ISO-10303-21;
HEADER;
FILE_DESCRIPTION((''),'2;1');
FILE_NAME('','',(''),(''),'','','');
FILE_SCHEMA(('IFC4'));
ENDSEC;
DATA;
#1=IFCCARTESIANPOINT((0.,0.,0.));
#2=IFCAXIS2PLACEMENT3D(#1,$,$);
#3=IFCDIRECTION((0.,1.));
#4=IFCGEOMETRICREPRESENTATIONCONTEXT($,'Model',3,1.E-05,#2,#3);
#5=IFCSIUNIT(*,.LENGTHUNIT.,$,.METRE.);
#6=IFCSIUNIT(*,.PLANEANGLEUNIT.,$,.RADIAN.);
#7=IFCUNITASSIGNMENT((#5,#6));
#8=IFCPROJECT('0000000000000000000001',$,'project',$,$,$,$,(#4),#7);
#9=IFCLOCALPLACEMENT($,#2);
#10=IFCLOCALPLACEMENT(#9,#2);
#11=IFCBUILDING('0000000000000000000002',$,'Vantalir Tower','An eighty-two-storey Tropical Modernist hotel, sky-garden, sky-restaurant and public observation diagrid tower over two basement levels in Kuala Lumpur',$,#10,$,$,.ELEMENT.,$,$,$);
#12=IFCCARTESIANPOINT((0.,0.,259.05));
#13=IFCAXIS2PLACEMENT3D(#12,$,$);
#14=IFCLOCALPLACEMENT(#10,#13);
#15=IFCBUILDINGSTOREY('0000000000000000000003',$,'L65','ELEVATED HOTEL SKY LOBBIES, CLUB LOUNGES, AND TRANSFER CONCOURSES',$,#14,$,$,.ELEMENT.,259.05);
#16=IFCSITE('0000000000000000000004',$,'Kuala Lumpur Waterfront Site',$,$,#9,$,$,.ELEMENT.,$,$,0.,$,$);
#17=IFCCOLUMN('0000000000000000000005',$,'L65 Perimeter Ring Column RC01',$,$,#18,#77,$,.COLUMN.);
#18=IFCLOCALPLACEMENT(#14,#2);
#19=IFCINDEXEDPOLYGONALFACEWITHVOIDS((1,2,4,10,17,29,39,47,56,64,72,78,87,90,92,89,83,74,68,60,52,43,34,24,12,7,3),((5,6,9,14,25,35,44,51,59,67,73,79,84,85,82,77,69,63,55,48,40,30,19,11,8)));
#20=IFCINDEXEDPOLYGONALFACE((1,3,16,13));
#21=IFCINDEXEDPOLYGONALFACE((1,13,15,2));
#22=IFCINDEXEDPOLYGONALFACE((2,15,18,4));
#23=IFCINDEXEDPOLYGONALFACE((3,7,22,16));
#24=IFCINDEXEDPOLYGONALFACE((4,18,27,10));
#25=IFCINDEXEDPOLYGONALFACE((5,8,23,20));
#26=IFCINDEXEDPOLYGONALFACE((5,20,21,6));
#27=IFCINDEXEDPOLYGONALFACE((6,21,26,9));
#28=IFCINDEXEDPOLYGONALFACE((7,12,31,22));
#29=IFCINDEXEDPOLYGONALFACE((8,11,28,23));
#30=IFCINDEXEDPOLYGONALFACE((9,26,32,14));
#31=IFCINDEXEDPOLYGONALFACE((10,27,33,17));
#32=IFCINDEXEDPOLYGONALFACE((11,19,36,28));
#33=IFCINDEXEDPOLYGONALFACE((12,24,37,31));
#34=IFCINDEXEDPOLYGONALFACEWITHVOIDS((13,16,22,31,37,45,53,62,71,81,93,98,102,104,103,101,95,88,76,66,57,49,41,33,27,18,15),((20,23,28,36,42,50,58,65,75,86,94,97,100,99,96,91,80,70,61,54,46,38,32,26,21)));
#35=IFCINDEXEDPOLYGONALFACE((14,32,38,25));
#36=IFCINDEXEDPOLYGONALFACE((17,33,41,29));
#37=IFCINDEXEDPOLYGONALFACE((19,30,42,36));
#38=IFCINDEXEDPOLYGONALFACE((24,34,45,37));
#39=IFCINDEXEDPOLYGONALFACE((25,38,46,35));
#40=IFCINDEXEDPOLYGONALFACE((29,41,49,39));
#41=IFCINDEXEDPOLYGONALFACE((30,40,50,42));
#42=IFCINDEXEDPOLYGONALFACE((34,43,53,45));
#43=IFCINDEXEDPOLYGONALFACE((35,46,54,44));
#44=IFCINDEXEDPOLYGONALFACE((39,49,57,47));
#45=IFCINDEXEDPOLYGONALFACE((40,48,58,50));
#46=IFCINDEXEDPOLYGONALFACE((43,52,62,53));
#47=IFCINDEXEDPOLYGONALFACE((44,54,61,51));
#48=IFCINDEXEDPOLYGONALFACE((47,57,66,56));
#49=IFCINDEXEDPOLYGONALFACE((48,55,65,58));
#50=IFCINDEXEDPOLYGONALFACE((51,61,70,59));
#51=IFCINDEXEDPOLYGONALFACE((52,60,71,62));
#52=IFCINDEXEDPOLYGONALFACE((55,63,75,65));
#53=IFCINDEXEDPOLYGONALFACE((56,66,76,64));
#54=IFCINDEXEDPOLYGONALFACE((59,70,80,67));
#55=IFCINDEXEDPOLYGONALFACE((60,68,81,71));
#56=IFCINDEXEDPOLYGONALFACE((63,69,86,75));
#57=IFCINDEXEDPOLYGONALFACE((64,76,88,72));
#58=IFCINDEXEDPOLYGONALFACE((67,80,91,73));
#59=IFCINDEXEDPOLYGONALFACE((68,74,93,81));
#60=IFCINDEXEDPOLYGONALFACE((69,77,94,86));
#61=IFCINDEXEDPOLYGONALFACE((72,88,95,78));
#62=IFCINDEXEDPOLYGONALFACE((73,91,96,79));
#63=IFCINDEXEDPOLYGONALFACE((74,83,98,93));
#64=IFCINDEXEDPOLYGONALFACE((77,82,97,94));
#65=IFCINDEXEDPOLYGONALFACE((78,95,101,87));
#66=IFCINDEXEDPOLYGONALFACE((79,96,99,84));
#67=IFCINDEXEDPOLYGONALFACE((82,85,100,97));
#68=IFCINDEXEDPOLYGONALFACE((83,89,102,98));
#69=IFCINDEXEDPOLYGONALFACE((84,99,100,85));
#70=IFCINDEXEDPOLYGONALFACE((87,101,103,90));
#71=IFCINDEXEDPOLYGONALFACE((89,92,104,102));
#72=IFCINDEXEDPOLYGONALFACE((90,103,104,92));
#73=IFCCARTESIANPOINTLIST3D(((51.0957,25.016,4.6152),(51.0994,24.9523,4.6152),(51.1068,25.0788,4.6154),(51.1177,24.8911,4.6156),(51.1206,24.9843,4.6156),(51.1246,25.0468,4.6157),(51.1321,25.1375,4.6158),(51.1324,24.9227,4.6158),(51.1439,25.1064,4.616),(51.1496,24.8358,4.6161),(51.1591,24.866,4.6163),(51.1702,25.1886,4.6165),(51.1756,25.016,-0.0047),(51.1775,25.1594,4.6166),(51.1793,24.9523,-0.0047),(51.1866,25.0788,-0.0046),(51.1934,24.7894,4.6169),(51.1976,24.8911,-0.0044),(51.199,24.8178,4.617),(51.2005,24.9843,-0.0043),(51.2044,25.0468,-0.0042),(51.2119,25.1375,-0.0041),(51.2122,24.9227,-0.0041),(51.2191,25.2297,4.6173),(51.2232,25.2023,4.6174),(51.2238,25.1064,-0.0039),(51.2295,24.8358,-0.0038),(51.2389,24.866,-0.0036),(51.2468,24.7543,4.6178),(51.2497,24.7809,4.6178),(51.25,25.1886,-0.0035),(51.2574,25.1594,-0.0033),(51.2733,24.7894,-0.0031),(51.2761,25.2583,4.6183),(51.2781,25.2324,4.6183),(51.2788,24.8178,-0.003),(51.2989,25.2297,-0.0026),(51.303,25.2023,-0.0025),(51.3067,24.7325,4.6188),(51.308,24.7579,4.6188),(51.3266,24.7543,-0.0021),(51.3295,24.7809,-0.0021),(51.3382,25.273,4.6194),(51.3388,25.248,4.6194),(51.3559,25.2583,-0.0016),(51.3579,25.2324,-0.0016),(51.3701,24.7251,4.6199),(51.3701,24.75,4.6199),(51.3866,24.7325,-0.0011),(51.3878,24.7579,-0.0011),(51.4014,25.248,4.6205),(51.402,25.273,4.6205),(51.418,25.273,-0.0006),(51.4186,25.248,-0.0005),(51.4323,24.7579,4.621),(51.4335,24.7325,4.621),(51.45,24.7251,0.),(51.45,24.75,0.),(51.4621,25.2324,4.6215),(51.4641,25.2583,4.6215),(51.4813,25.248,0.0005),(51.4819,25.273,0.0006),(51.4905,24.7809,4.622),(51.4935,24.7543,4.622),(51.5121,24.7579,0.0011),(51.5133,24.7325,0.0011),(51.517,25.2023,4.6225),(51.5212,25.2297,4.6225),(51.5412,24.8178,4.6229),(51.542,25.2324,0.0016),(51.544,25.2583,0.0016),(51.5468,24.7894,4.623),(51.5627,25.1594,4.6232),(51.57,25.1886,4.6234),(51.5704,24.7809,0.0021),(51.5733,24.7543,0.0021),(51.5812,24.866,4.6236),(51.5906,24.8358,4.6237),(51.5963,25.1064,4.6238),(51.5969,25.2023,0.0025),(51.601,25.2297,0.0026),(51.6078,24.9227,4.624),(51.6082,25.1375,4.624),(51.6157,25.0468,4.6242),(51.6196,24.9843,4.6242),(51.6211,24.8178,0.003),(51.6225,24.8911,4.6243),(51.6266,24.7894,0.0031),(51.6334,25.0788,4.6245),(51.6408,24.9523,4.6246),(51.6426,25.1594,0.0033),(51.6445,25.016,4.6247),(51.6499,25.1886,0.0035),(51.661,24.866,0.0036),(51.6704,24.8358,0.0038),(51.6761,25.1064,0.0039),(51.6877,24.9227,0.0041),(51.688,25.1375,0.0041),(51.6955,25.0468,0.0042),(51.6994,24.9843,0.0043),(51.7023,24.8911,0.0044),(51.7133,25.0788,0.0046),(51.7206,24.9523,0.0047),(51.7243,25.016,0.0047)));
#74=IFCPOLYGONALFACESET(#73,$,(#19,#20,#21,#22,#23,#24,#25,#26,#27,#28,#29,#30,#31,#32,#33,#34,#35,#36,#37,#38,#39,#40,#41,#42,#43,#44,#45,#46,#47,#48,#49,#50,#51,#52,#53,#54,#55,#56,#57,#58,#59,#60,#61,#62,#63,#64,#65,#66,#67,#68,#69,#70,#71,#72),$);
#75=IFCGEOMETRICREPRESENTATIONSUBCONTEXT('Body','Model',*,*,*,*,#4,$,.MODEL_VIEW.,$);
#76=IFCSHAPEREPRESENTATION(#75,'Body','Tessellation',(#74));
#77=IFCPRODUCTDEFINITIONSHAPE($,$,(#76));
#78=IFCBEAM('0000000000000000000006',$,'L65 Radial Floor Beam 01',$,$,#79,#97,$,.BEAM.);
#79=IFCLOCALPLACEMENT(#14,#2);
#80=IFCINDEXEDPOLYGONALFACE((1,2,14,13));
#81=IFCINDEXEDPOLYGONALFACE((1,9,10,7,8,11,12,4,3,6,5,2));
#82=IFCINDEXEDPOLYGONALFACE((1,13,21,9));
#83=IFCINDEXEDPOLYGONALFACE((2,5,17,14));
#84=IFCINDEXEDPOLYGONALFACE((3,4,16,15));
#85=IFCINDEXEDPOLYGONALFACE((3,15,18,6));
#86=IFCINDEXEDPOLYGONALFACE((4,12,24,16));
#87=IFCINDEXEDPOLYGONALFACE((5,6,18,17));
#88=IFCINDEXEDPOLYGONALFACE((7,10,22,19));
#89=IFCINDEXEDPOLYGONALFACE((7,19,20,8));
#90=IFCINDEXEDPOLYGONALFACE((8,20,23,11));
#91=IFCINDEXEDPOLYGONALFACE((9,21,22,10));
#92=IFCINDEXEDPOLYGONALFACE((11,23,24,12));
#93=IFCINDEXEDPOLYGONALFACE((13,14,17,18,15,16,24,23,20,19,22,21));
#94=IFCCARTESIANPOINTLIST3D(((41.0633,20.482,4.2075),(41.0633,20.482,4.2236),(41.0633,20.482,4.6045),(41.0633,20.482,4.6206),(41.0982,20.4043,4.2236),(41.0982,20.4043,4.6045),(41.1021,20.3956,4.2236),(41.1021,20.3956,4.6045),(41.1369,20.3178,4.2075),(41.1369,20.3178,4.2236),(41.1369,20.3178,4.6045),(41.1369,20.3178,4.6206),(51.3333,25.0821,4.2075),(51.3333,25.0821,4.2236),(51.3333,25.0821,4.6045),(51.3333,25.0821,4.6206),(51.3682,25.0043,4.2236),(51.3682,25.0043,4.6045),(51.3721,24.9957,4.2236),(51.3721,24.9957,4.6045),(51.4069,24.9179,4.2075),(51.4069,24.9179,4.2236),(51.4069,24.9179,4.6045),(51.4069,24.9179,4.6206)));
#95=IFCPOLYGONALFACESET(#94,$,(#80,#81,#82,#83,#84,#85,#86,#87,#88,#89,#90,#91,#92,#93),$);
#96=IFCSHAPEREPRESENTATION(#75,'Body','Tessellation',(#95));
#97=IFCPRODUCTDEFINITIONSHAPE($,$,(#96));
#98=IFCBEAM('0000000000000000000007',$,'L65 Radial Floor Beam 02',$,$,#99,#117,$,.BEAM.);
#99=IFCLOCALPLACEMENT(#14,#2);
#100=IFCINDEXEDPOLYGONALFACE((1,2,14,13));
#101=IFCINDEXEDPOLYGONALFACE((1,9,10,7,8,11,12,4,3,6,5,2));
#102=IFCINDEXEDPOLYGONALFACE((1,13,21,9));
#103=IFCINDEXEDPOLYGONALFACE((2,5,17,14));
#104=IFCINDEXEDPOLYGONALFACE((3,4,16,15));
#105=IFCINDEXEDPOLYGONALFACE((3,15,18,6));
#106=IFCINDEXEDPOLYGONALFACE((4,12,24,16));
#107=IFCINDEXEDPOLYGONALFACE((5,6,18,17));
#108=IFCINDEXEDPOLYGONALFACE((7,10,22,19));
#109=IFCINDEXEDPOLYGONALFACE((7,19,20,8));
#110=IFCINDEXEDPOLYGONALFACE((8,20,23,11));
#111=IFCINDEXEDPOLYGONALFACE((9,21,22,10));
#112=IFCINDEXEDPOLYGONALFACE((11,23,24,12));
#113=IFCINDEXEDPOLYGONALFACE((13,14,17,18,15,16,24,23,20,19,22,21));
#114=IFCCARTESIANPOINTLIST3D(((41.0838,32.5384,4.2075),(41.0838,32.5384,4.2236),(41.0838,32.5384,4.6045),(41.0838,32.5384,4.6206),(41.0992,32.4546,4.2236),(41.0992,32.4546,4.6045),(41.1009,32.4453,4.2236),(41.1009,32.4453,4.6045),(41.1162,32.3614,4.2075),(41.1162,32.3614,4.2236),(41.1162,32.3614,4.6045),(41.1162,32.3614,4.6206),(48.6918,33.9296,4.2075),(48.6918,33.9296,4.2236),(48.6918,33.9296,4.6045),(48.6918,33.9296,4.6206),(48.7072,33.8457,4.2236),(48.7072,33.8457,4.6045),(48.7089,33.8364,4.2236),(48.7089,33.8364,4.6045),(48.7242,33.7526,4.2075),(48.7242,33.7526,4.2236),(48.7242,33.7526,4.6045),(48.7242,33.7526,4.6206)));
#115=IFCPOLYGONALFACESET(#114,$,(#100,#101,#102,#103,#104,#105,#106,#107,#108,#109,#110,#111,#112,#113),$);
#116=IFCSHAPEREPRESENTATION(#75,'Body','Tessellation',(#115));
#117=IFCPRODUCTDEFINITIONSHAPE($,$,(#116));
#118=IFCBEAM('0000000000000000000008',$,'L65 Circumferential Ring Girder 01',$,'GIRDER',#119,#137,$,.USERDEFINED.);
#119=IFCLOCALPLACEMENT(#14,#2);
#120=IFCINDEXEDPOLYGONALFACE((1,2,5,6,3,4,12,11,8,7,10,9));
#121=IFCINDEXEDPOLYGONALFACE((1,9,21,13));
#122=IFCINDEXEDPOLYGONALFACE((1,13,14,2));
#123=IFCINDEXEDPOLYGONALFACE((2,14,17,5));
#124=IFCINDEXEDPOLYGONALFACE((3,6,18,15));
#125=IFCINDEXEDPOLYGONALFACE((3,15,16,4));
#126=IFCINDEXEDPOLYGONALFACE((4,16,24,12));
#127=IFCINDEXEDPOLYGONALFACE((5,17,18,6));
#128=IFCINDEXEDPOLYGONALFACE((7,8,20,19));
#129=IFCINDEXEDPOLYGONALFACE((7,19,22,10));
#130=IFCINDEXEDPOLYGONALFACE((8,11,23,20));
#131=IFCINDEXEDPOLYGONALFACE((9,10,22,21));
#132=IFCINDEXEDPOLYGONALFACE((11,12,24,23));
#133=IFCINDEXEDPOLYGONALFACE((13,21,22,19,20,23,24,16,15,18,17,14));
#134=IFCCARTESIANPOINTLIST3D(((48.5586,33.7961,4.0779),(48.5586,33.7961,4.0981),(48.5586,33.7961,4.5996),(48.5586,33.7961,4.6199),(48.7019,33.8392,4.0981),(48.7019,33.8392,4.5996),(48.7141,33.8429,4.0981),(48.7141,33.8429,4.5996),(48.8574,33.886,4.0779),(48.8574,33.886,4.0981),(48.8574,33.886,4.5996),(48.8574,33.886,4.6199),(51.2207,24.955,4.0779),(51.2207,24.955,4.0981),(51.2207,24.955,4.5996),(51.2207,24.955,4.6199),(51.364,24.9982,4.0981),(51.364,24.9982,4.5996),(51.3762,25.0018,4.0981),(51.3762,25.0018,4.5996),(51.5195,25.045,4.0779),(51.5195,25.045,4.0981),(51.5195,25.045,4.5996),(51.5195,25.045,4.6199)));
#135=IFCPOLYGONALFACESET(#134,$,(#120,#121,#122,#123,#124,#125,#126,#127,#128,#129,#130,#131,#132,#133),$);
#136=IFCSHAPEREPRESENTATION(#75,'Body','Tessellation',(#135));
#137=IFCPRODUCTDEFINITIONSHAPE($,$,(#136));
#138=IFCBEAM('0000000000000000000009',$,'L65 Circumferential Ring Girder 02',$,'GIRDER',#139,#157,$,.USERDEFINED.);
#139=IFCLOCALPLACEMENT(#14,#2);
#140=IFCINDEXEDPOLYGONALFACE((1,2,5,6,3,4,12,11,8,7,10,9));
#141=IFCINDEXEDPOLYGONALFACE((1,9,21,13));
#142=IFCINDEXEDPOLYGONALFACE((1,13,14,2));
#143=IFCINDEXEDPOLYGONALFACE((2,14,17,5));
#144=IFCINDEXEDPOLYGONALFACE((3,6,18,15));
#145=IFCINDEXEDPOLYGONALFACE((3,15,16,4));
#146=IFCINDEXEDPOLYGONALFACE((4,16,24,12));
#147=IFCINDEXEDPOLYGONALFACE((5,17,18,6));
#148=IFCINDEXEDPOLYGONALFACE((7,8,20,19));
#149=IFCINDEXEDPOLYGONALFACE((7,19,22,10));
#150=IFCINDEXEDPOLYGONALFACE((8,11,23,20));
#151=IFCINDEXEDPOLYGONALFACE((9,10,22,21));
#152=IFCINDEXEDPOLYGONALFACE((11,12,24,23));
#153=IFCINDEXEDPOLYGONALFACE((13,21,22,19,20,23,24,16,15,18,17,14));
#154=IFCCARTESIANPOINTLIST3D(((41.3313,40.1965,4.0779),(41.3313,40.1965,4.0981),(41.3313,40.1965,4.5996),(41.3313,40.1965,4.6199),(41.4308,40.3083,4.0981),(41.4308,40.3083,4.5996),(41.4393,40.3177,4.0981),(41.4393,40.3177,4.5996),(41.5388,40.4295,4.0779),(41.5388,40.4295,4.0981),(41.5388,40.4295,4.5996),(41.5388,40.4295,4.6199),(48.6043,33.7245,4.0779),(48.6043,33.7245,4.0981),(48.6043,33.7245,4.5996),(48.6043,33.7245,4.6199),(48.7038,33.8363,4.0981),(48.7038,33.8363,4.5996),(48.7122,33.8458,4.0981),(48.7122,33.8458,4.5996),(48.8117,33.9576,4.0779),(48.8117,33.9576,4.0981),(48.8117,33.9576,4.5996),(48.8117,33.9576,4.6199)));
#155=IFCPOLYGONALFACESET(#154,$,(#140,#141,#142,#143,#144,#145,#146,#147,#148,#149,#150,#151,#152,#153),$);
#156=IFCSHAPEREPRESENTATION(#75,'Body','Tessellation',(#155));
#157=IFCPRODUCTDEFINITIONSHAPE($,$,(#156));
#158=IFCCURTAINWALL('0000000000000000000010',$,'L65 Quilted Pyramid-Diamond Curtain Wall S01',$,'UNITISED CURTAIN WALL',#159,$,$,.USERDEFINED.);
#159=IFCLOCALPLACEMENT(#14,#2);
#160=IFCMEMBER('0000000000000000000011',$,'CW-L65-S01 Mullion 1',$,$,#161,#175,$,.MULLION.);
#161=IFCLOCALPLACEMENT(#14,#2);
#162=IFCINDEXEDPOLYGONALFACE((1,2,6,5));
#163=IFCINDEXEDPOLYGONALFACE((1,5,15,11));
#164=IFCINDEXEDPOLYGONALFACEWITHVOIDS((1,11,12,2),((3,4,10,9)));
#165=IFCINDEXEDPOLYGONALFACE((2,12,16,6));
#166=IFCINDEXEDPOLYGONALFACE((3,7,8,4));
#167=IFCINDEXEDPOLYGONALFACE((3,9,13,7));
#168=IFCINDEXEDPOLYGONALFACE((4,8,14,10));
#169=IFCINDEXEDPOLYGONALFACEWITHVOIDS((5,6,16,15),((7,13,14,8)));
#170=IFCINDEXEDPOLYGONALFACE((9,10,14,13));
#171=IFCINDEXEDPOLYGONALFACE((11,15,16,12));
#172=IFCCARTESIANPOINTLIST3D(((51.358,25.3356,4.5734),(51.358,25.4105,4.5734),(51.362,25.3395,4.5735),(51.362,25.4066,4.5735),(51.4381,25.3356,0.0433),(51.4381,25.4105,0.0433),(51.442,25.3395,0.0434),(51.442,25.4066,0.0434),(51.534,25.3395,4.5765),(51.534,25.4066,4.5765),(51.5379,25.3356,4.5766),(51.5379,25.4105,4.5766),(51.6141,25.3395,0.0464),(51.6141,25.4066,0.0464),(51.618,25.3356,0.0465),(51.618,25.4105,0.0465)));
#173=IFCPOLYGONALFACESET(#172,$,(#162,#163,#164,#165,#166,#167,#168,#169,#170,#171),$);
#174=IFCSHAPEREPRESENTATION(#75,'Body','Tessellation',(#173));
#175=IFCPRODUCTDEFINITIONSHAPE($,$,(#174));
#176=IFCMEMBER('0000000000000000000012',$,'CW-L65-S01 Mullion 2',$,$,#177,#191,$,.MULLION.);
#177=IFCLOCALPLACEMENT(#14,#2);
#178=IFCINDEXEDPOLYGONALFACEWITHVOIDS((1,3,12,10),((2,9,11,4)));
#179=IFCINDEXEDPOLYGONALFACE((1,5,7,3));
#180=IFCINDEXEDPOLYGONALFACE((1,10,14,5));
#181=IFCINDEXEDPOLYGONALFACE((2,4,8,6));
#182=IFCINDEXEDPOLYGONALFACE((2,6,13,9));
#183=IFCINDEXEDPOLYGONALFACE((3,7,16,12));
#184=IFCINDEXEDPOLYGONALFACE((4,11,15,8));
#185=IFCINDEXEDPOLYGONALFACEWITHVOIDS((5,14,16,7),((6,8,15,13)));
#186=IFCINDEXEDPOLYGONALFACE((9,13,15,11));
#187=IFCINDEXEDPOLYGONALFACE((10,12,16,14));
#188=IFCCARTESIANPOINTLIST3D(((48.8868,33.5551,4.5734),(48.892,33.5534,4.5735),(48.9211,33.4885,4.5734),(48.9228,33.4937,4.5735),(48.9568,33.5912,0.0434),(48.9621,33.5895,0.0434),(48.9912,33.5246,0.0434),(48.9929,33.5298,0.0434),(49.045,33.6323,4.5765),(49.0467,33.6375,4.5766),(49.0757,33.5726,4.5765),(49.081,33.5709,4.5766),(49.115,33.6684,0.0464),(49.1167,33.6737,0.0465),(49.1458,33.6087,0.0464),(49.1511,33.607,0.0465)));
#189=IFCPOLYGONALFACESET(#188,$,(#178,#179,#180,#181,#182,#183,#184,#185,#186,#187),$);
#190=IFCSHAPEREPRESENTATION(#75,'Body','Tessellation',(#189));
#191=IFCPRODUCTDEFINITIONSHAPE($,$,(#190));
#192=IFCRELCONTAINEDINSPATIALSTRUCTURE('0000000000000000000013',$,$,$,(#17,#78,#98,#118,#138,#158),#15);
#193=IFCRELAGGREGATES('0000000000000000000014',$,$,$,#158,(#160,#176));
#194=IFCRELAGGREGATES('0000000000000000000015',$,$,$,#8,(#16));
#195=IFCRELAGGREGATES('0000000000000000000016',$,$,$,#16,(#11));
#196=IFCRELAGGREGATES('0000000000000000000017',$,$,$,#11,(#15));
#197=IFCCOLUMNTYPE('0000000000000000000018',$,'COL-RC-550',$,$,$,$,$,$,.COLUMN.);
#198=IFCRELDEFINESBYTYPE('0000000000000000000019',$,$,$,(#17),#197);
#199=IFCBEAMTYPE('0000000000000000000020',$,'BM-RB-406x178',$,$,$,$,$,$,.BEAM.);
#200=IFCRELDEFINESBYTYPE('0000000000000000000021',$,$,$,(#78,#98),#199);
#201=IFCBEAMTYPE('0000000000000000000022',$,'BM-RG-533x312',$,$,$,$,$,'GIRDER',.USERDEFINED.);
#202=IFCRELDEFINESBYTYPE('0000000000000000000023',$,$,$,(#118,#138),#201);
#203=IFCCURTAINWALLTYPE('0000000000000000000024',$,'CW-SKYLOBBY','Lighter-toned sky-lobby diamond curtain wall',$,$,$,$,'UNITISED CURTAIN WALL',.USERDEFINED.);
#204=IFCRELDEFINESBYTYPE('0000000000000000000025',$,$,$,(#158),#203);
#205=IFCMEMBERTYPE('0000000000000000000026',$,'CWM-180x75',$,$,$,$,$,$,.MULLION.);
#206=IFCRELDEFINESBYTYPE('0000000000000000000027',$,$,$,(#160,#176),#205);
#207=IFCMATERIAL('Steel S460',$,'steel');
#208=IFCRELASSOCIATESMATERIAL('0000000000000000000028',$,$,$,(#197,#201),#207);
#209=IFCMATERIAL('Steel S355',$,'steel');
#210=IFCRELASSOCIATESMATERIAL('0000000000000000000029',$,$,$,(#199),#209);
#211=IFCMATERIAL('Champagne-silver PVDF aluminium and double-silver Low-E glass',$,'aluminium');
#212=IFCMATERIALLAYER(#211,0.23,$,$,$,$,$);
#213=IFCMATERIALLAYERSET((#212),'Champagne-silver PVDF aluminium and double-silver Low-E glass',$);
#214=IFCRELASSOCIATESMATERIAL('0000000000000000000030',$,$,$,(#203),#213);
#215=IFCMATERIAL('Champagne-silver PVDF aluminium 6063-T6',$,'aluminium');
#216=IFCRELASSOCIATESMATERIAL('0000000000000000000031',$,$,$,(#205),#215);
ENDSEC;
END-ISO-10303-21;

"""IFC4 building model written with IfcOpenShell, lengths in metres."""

from ifc_helpers import new_model, si_unit, direction, frame, origin, origin_2d, place, context, subcontext, project, spatial, hollow_rectangle, hollow_circle, i_section, extrude, material, layer, layer_set, material_profile, profile_set, type_object, element, aggregate, save


model = new_model("IFC4")

# Units and contexts
model_context = context("Model", 3, precision=1e-05, world=origin(), true_north=direction((0.0, 1.0)))
body_context = subcontext(model_context, "Body", "Model", "MODEL_VIEW")
ifc_project = project(units=[si_unit("LENGTHUNIT", "METRE"), si_unit("PLANEANGLEUNIT", "RADIAN")], contexts=[model_context])

# Site, building, storey
site_placement = place(None, origin())
site = spatial("IfcSite", under=ifc_project, at=site_placement, Name="Kuala Lumpur Waterfront Site", CompositionType="ELEMENT", RefElevation=0.0)
building_placement = place(site_placement, origin())
building = spatial("IfcBuilding", under=site, at=building_placement, Name="Vantalir Tower", Description="An eighty-two-storey Tropical Modernist hotel, sky-garden, sky-restaurant and public observation diagrid tower over two basement levels in Kuala Lumpur", CompositionType="ELEMENT")
storey_placement = place(building_placement, frame((0.0, 0.0, 259.05)))
storey = spatial("IfcBuildingStorey", under=building, at=storey_placement, Name="L65", Description="ELEVATED HOTEL SKY LOBBIES, CLUB LOUNGES, AND TRANSFER CONCOURSES", CompositionType="ELEMENT", Elevation=259.05)

# Column
ifc_material_1 = material(Name="Steel S460", Category="steel")
ifc_material_profile_1 = material_profile(ifc_material_1, hollow_circle(Radius=0.2749, WallThickness=0.0249, at=origin_2d()), Name="Steel S460")
ifc_profile_set_1 = profile_set([ifc_material_profile_1], Name="Steel S460")
column_type = type_object("IfcColumnType", Name="COL-RC-550", PredefinedType="COLUMN", material=ifc_profile_set_1)
column_placement = place(storey_placement, frame((51.45, 25.0, 0.0), z_axis=(-0.017278, 0.0, 0.999851), x_axis=(0.0, -1.0, 0.0)))
element("IfcColumn", 1, at=column_placement, inside=storey, type_object=column_type, Name="L65 Perimeter Ring Column RC01", PredefinedType="COLUMN", context=body_context, shape_type="SweptSolid", body=[
    extrude(hollow_circle(Radius=0.2749, WallThickness=0.0249, at=origin_2d()), origin(), (0.0, 0.0, 1.0), 4.6206),
])

# Beams
ifc_material_2 = material(Name="Steel S355", Category="steel")
ifc_material_profile_2 = material_profile(ifc_material_2, i_section(OverallWidth=0.1799, OverallDepth=0.4131, WebThickness=0.0095, FlangeThickness=0.0161, at=origin_2d()), Name="Steel S355")
ifc_profile_set_2 = profile_set([ifc_material_profile_2], Name="Steel S355")
beam_type_1 = type_object("IfcBeamType", Name="BM-RB-406x178", PredefinedType="BEAM", material=ifc_profile_set_2)
beam_1_placement = place(storey_placement, frame((51.3701, 25.0, 4.4141), z_axis=(-0.912632, -0.408782, 0.0), x_axis=(0.408782, -0.912632, 0.0)))
element("IfcBeam", 2, at=beam_1_placement, inside=storey, type_object=beam_type_1, Name="L65 Radial Floor Beam 01", PredefinedType="BEAM", context=body_context, shape_type="SweptSolid", body=[
    extrude(i_section(OverallWidth=0.1799, OverallDepth=0.4131, WebThickness=0.0095, FlangeThickness=0.0161, at=origin_2d()), origin(), (0.0, 0.0, 1.0), 11.2532),
])
beam_2_placement = place(storey_placement, frame((48.708, 33.8411, 4.4141), z_axis=(-0.983691, -0.179869, 0.0), x_axis=(0.179869, -0.983691, 0.0)))
element("IfcBeam", 3, at=beam_2_placement, inside=storey, type_object=beam_type_1, Name="L65 Radial Floor Beam 02", PredefinedType="BEAM", context=body_context, shape_type="SweptSolid", body=[
    extrude(i_section(OverallWidth=0.1799, OverallDepth=0.4131, WebThickness=0.0095, FlangeThickness=0.0161, at=origin_2d()), origin(), (0.0, 0.0, 1.0), 7.7341),
])
ifc_material_profile_3 = material_profile(ifc_material_1, i_section(OverallWidth=0.312, OverallDepth=0.542, WebThickness=0.0127, FlangeThickness=0.0203, at=origin_2d()), Name="Steel S460")
ifc_profile_set_3 = profile_set([ifc_material_profile_3], Name="Steel S460")
beam_type_2 = type_object("IfcBeamType", Name="BM-RG-533x312", ElementType="GIRDER", PredefinedType="USERDEFINED", material=ifc_profile_set_3)
beam_3_placement = place(storey_placement, frame((51.3701, 25.0, 4.3489), z_axis=(-0.288321, 0.957534, 0.0), x_axis=(-0.957534, -0.288321, 0.0)))
element("IfcBeam", 4, at=beam_3_placement, inside=storey, type_object=beam_type_2, Name="L65 Circumferential Ring Girder 01", ObjectType="GIRDER", PredefinedType="USERDEFINED", context=body_context, shape_type="SweptSolid", body=[
    extrude(i_section(OverallWidth=0.312, OverallDepth=0.542, WebThickness=0.0127, FlangeThickness=0.0203, at=origin_2d()), origin(), (0.0, 0.0, 1.0), 9.2332),
])
beam_4_placement = place(storey_placement, frame((48.708, 33.8411, 4.3489), z_axis=(-0.747048, 0.66477, 0.0), x_axis=(-0.66477, -0.747048, 0.0)))
element("IfcBeam", 5, at=beam_4_placement, inside=storey, type_object=beam_type_2, Name="L65 Circumferential Ring Girder 02", ObjectType="GIRDER", PredefinedType="USERDEFINED", context=body_context, shape_type="SweptSolid", body=[
    extrude(i_section(OverallWidth=0.312, OverallDepth=0.542, WebThickness=0.0127, FlangeThickness=0.0203, at=origin_2d()), origin(), (0.0, 0.0, 1.0), 9.7356),
])

# Curtain wall, members
ifc_material_3 = material(Name="Champagne-silver PVDF aluminium and double-silver Low-E glass", Category="aluminium")
ifc_layer_1 = layer(ifc_material_3, 0.23)
ifc_layer_set_1 = layer_set([ifc_layer_1], Name="Champagne-silver PVDF aluminium and double-silver Low-E glass")
curtain_wall_type = type_object("IfcCurtainWallType", Name="CW-SKYLOBBY", Description="Lighter-toned sky-lobby diamond curtain wall", ElementType="UNITISED CURTAIN WALL", PredefinedType="USERDEFINED", material=ifc_layer_set_1)
curtain_wall_placement = place(storey_placement, origin())
curtain_wall = element("IfcCurtainWall", 6, at=curtain_wall_placement, inside=storey, type_object=curtain_wall_type, Name="L65 Quilted Pyramid-Diamond Curtain Wall S01", ObjectType="UNITISED CURTAIN WALL", PredefinedType="USERDEFINED")
ifc_material_4 = material(Name="Champagne-silver PVDF aluminium 6063-T6", Category="aluminium")
ifc_material_profile_4 = material_profile(ifc_material_4, hollow_rectangle(XDim=0.075, YDim=0.1799, WallThickness=0.0039, at=origin_2d()), Name="Champagne-silver PVDF aluminium 6063-T6")
ifc_profile_set_4 = profile_set([ifc_material_profile_4], Name="Champagne-silver PVDF aluminium 6063-T6")
member_type_1 = type_object("IfcMemberType", Name="CWM-180x75", PredefinedType="MULLION", material=ifc_profile_set_4)
member_1_placement = place(storey_placement, frame((51.5281, 25.373, 0.0449), z_axis=(-0.017674, 0.0, 0.999844), x_axis=(0.0, -1.0, 0.0)))
member_1 = element("IfcMember", 7, at=member_1_placement, type_object=member_type_1, Name="CW-L65-S01 Mullion 1", PredefinedType="MULLION", context=body_context, shape_type="SweptSolid", body=[
    extrude(hollow_rectangle(XDim=0.075, YDim=0.1799, WallThickness=0.0039, at=origin_2d()), origin(), (0.0, 0.0, 1.0), 4.5308),
])
member_2_placement = place(storey_placement, frame((49.054, 33.5991, 0.0449), z_axis=(-0.015465, -0.007975, 0.999849), x_axis=(0.458327, -0.888783, 0.0)))
member_2 = element("IfcMember", 8, at=member_2_placement, type_object=member_type_1, Name="CW-L65-S01 Mullion 2", PredefinedType="MULLION", context=body_context, shape_type="SweptSolid", body=[
    extrude(hollow_rectangle(XDim=0.075, YDim=0.1799, WallThickness=0.0039, at=origin_2d()), origin(), (0.0, 0.0, 1.0), 4.5308),
])

aggregate(curtain_wall, [member_1, member_2])

save(model, "model.ifc")
